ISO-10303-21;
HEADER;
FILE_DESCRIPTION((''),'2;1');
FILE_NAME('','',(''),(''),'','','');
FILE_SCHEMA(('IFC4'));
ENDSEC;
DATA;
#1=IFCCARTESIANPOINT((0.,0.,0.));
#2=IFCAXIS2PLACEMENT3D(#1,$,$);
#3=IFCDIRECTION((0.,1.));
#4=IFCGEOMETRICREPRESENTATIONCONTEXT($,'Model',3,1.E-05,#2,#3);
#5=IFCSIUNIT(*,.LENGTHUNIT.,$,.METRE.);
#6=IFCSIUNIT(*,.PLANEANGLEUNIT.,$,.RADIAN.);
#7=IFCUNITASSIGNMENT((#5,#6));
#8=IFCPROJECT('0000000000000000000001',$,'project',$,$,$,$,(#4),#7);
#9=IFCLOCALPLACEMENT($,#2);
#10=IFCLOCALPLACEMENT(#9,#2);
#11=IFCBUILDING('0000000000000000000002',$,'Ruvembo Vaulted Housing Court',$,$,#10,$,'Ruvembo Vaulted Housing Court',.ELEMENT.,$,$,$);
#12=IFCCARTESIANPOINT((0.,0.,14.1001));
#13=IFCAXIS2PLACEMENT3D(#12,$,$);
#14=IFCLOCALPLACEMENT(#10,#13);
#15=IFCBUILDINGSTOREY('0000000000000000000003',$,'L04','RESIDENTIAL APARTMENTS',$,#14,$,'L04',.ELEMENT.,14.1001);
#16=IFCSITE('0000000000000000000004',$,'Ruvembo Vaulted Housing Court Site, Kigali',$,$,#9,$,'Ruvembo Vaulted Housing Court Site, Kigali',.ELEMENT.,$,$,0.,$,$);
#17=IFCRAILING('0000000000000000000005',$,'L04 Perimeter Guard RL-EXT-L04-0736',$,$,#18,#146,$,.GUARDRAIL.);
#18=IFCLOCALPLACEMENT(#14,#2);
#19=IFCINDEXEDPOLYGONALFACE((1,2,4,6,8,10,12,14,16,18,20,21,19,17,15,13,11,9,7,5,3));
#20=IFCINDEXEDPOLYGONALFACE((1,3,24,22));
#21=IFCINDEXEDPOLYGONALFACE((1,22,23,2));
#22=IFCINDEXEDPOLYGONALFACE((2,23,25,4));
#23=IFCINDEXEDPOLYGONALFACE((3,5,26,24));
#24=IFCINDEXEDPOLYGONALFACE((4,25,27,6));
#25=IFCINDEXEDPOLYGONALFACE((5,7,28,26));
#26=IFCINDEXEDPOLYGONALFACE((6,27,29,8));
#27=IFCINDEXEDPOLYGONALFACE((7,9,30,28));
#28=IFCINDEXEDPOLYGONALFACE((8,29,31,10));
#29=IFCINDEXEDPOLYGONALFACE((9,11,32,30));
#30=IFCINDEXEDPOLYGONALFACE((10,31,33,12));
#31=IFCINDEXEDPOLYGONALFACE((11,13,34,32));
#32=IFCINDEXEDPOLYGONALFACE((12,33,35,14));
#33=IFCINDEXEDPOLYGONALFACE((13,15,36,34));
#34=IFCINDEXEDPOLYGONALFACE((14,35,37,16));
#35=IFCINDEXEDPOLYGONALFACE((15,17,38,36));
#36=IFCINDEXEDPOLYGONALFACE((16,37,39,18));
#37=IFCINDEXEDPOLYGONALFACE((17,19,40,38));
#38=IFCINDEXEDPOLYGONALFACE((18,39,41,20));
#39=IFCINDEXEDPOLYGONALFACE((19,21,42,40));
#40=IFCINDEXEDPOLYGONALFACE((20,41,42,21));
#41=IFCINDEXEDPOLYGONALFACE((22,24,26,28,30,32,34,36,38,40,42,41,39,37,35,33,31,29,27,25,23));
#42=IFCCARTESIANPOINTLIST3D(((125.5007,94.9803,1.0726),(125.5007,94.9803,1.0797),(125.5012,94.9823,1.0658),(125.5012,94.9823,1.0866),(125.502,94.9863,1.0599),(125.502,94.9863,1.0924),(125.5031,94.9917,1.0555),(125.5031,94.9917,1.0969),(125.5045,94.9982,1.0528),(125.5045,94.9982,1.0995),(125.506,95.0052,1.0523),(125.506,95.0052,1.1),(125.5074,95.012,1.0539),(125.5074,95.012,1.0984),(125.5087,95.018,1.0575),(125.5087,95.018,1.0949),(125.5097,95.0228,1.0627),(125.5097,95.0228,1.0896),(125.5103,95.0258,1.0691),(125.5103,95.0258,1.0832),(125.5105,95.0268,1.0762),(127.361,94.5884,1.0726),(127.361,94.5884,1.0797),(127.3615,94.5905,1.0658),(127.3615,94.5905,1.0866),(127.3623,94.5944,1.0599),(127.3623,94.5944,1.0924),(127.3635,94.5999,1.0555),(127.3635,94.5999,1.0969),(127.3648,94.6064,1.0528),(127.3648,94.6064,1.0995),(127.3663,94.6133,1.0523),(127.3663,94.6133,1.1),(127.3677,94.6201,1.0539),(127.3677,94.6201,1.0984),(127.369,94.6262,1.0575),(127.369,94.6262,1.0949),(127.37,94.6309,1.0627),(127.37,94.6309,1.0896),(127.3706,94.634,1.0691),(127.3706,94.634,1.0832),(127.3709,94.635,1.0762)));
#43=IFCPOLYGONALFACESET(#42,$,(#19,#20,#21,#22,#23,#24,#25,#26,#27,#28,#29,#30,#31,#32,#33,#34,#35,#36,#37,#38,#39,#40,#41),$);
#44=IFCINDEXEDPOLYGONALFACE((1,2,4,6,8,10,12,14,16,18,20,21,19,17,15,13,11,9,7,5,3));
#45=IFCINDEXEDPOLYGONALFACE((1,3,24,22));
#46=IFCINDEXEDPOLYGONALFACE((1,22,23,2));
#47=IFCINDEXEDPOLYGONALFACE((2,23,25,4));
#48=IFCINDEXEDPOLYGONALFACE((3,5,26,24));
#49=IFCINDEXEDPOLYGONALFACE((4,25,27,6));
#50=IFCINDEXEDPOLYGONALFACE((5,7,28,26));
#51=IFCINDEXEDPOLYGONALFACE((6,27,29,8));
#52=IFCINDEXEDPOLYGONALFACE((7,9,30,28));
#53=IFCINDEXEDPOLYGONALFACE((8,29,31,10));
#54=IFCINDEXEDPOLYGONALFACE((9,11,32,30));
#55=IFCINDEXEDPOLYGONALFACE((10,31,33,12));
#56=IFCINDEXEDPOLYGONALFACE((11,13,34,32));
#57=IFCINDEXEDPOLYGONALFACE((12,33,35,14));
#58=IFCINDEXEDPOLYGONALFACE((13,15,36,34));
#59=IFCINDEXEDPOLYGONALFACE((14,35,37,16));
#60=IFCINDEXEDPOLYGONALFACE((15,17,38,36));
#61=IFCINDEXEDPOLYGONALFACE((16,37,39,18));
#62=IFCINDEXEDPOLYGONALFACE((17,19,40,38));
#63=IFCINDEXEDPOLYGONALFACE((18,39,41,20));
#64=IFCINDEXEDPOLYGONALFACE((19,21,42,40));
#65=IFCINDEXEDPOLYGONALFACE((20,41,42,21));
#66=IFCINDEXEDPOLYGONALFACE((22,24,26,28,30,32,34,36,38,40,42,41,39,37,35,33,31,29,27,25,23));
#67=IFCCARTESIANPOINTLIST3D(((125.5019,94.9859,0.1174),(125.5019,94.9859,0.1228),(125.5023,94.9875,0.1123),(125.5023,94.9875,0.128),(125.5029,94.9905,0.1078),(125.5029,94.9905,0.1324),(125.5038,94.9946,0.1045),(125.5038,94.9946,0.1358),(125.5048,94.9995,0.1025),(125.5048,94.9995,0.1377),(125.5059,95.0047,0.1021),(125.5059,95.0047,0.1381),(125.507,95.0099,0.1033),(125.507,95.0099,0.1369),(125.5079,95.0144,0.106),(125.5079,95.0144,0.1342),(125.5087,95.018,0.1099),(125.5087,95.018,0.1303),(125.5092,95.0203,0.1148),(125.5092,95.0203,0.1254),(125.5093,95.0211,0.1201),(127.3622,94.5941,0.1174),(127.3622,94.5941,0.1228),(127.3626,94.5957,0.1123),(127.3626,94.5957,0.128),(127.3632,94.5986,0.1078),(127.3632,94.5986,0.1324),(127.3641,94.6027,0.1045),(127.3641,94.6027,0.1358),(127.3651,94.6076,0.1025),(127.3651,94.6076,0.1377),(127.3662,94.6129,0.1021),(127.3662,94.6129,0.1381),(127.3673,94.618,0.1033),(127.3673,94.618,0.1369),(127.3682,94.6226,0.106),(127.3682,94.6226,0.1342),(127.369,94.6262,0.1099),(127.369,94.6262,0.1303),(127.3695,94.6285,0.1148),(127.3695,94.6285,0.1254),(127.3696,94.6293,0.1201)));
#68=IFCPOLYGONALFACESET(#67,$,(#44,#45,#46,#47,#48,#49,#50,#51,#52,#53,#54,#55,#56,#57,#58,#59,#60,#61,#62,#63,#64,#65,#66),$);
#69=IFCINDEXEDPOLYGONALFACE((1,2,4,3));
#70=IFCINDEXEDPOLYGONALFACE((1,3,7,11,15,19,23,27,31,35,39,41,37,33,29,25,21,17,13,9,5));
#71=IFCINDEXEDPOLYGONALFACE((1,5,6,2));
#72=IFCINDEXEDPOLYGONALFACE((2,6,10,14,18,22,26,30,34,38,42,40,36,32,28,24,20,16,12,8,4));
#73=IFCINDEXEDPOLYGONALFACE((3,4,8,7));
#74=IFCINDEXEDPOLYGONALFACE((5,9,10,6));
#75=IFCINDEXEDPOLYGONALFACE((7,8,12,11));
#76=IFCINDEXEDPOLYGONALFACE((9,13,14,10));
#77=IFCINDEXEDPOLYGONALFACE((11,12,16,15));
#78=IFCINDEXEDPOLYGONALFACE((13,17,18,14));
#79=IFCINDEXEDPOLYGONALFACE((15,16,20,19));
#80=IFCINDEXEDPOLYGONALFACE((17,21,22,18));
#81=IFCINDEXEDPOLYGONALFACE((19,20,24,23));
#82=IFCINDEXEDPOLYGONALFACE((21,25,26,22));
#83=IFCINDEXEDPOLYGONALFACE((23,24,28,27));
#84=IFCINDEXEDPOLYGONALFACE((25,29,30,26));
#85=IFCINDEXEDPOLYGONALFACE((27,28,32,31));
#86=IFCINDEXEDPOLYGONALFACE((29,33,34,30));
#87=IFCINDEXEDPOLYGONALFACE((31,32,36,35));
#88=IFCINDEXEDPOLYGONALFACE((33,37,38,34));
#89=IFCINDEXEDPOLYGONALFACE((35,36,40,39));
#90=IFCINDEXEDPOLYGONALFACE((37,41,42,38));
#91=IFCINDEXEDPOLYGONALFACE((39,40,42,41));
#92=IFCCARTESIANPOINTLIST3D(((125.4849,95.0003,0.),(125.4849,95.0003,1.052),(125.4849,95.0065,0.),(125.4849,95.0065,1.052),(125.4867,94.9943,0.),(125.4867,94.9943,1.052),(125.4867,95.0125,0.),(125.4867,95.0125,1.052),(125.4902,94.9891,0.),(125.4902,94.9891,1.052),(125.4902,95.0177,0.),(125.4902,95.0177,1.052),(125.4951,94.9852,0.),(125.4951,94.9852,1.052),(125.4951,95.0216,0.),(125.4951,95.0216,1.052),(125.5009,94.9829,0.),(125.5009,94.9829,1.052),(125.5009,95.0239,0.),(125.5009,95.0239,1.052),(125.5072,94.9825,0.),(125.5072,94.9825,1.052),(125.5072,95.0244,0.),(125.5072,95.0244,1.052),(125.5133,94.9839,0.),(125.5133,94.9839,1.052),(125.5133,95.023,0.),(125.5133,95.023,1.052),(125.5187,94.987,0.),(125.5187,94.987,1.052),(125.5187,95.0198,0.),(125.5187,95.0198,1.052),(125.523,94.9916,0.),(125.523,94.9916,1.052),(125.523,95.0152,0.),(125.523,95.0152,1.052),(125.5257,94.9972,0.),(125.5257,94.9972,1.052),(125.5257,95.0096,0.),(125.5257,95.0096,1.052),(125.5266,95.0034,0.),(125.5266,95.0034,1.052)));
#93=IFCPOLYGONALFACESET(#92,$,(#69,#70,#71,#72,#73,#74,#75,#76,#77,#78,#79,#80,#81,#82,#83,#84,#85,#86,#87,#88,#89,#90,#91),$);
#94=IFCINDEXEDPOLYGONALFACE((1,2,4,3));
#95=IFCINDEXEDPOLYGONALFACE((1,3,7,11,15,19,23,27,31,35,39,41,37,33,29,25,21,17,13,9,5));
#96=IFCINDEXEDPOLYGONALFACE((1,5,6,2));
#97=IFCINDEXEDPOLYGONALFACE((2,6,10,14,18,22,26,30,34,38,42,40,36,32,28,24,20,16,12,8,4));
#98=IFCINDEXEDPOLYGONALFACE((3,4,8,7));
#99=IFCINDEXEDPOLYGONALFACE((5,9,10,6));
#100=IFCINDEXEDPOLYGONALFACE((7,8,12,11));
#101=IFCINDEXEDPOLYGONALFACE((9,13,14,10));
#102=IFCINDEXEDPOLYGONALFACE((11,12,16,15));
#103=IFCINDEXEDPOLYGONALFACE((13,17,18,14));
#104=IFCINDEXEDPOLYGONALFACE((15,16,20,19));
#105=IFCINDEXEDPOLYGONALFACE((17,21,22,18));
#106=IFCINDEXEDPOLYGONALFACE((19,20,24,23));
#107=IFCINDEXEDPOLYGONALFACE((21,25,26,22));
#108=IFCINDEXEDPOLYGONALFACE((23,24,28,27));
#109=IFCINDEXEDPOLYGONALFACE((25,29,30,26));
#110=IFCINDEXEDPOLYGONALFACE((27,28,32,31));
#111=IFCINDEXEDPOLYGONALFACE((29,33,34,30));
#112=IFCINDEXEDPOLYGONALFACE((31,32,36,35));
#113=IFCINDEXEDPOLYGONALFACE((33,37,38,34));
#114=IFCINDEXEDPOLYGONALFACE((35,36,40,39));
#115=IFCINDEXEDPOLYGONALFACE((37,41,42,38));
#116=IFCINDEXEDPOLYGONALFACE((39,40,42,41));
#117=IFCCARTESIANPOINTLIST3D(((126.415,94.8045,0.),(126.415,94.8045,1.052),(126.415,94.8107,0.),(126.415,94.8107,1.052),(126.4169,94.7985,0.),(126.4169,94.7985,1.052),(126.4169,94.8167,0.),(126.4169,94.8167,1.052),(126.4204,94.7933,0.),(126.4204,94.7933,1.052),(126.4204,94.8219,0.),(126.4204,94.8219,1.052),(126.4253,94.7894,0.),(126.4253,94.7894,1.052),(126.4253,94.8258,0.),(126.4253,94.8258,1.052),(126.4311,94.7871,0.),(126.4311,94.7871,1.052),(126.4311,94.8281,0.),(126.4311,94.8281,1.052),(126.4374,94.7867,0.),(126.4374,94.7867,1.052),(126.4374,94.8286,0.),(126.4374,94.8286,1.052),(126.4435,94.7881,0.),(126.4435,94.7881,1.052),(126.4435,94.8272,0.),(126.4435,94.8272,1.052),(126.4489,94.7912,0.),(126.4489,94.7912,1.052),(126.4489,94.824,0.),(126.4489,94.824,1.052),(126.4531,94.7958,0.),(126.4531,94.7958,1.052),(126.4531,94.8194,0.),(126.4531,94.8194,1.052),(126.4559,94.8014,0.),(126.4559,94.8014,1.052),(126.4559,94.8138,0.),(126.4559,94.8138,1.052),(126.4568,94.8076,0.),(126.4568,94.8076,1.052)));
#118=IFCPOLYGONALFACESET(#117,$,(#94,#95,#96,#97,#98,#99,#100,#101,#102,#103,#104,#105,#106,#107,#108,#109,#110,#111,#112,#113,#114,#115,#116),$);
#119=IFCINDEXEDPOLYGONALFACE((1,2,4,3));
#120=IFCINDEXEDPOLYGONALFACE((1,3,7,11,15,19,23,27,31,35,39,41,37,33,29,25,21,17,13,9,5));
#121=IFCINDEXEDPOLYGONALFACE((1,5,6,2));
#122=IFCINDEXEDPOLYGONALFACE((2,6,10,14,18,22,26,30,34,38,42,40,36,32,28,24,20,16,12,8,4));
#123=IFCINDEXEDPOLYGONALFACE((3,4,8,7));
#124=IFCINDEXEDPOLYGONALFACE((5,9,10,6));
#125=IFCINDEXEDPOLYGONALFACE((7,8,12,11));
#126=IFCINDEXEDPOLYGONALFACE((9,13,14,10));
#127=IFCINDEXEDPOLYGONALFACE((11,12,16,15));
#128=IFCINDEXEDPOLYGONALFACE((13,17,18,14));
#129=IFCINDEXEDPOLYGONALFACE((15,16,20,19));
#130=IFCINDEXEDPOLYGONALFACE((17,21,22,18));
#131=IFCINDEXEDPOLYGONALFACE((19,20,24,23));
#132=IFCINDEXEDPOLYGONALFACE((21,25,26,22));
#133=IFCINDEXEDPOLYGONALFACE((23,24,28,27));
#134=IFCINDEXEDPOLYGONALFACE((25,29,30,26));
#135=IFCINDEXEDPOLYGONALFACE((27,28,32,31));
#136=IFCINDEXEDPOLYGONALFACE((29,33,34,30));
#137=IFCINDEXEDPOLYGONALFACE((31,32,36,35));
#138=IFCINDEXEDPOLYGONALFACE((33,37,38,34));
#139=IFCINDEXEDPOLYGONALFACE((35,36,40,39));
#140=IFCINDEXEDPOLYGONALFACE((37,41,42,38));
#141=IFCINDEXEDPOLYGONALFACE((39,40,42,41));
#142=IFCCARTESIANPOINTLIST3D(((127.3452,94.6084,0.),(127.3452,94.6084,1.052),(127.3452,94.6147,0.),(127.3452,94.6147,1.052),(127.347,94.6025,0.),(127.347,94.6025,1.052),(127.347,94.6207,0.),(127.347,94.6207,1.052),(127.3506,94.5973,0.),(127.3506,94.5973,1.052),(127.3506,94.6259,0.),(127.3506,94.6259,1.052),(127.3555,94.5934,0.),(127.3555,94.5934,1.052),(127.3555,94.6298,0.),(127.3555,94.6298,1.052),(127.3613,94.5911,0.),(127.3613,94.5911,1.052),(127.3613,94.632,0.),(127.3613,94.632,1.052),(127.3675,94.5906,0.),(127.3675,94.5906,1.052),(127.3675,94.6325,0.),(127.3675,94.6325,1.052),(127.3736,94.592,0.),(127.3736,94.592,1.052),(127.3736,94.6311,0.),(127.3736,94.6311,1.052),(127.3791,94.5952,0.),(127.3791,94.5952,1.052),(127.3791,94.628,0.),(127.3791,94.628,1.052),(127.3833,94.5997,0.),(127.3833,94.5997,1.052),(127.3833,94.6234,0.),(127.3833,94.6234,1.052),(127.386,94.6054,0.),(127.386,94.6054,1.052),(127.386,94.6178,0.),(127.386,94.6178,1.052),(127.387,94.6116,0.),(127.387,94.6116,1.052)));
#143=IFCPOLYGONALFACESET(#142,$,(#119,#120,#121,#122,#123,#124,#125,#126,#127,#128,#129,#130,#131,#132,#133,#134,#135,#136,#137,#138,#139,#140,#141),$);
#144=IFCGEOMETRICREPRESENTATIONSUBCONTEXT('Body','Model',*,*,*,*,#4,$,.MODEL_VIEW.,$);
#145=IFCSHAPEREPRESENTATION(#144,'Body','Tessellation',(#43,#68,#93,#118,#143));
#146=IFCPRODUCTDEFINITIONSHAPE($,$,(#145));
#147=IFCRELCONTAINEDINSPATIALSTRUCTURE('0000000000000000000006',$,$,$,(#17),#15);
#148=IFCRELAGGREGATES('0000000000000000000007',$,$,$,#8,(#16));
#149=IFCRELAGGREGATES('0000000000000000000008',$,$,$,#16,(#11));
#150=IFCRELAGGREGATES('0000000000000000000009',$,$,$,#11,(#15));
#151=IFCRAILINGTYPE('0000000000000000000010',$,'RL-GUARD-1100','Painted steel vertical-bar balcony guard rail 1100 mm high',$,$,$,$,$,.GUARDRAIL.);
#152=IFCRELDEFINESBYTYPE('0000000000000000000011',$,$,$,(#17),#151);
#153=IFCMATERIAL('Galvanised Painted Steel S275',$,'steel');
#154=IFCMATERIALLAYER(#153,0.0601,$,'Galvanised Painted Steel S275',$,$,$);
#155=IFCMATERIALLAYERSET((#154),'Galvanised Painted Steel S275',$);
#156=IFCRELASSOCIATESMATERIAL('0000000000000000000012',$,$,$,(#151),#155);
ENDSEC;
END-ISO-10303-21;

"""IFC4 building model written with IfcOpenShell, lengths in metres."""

from ifc_helpers import new_model, si_unit, direction, frame, origin, origin_2d, place, context, subcontext, project, spatial, circle, extrude, material, layer, layer_set, type_object, element, save


model = new_model("IFC4")

# Units and contexts
model_context = context("Model", 3, precision=1e-05, world=origin(), true_north=direction((0.0, 1.0)))
body_context = subcontext(model_context, "Body", "Model", "MODEL_VIEW")
ifc_project = project(units=[si_unit("LENGTHUNIT", "METRE"), si_unit("PLANEANGLEUNIT", "RADIAN")], contexts=[model_context])

# Site, building, storey
site_placement = place(None, origin())
site = spatial("IfcSite", under=ifc_project, at=site_placement, Name="Ruvembo Vaulted Housing Court Site, Kigali", LongName="Ruvembo Vaulted Housing Court Site, Kigali", CompositionType="ELEMENT", RefElevation=0.0)
building_placement = place(site_placement, origin())
building = spatial("IfcBuilding", under=site, at=building_placement, Name="Ruvembo Vaulted Housing Court", LongName="Ruvembo Vaulted Housing Court", CompositionType="ELEMENT")
storey_placement = place(building_placement, frame((0.0, 0.0, 14.1001)))
storey = spatial("IfcBuildingStorey", under=building, at=storey_placement, Name="L04", Description="RESIDENTIAL APARTMENTS", LongName="L04", CompositionType="ELEMENT", Elevation=14.1001)

# Railing
ifc_material_1 = material(Name="Galvanised Painted Steel S275", Category="steel")
ifc_layer = layer(ifc_material_1, 0.0601, Name="Galvanised Painted Steel S275")
ifc_layer_set = layer_set([ifc_layer], Name="Galvanised Painted Steel S275")
railing_type = type_object("IfcRailingType", Name="RL-GUARD-1100", Description="Painted steel vertical-bar balcony guard rail 1100 mm high", PredefinedType="GUARDRAIL", material=ifc_layer_set)
railing_1_placement = place(storey_placement, frame((125.5056, 95.0034, 0.0)))
element("IfcRailing", 1, at=railing_1_placement, inside=storey, type_object=railing_type, Name="L04 Perimeter Guard RL-EXT-L04-0736", PredefinedType="GUARDRAIL", context=body_context, shape_type="SweptSolid", body=[
    extrude(circle(Radius=0.0239, at=origin_2d()), frame((0.0, 0.0, 1.0762), z_axis=(0.978529, -0.206108, 0.0), x_axis=(0.206108, 0.978529, 0.0)), (0.0, 0.0, 1.0), 1.9011),
    extrude(circle(Radius=0.0181, at=origin_2d()), frame((0.0, 0.0, 0.1201), z_axis=(0.978529, -0.206108, 0.0), x_axis=(0.206108, 0.978529, 0.0)), (0.0, 0.0, 1.0), 1.9011),
    extrude(circle(Radius=0.021, at=origin_2d()), origin(), (0.0, 0.0, 1.0), 1.052),
    extrude(circle(Radius=0.021, at=origin_2d()), frame((0.9302, -0.1958, 0.0)), (0.0, 0.0, 1.0), 1.052),
    extrude(circle(Radius=0.021, at=origin_2d()), frame((1.8604, -0.3918, 0.0)), (0.0, 0.0, 1.0), 1.052),
])

save(model, "model.ifc")
